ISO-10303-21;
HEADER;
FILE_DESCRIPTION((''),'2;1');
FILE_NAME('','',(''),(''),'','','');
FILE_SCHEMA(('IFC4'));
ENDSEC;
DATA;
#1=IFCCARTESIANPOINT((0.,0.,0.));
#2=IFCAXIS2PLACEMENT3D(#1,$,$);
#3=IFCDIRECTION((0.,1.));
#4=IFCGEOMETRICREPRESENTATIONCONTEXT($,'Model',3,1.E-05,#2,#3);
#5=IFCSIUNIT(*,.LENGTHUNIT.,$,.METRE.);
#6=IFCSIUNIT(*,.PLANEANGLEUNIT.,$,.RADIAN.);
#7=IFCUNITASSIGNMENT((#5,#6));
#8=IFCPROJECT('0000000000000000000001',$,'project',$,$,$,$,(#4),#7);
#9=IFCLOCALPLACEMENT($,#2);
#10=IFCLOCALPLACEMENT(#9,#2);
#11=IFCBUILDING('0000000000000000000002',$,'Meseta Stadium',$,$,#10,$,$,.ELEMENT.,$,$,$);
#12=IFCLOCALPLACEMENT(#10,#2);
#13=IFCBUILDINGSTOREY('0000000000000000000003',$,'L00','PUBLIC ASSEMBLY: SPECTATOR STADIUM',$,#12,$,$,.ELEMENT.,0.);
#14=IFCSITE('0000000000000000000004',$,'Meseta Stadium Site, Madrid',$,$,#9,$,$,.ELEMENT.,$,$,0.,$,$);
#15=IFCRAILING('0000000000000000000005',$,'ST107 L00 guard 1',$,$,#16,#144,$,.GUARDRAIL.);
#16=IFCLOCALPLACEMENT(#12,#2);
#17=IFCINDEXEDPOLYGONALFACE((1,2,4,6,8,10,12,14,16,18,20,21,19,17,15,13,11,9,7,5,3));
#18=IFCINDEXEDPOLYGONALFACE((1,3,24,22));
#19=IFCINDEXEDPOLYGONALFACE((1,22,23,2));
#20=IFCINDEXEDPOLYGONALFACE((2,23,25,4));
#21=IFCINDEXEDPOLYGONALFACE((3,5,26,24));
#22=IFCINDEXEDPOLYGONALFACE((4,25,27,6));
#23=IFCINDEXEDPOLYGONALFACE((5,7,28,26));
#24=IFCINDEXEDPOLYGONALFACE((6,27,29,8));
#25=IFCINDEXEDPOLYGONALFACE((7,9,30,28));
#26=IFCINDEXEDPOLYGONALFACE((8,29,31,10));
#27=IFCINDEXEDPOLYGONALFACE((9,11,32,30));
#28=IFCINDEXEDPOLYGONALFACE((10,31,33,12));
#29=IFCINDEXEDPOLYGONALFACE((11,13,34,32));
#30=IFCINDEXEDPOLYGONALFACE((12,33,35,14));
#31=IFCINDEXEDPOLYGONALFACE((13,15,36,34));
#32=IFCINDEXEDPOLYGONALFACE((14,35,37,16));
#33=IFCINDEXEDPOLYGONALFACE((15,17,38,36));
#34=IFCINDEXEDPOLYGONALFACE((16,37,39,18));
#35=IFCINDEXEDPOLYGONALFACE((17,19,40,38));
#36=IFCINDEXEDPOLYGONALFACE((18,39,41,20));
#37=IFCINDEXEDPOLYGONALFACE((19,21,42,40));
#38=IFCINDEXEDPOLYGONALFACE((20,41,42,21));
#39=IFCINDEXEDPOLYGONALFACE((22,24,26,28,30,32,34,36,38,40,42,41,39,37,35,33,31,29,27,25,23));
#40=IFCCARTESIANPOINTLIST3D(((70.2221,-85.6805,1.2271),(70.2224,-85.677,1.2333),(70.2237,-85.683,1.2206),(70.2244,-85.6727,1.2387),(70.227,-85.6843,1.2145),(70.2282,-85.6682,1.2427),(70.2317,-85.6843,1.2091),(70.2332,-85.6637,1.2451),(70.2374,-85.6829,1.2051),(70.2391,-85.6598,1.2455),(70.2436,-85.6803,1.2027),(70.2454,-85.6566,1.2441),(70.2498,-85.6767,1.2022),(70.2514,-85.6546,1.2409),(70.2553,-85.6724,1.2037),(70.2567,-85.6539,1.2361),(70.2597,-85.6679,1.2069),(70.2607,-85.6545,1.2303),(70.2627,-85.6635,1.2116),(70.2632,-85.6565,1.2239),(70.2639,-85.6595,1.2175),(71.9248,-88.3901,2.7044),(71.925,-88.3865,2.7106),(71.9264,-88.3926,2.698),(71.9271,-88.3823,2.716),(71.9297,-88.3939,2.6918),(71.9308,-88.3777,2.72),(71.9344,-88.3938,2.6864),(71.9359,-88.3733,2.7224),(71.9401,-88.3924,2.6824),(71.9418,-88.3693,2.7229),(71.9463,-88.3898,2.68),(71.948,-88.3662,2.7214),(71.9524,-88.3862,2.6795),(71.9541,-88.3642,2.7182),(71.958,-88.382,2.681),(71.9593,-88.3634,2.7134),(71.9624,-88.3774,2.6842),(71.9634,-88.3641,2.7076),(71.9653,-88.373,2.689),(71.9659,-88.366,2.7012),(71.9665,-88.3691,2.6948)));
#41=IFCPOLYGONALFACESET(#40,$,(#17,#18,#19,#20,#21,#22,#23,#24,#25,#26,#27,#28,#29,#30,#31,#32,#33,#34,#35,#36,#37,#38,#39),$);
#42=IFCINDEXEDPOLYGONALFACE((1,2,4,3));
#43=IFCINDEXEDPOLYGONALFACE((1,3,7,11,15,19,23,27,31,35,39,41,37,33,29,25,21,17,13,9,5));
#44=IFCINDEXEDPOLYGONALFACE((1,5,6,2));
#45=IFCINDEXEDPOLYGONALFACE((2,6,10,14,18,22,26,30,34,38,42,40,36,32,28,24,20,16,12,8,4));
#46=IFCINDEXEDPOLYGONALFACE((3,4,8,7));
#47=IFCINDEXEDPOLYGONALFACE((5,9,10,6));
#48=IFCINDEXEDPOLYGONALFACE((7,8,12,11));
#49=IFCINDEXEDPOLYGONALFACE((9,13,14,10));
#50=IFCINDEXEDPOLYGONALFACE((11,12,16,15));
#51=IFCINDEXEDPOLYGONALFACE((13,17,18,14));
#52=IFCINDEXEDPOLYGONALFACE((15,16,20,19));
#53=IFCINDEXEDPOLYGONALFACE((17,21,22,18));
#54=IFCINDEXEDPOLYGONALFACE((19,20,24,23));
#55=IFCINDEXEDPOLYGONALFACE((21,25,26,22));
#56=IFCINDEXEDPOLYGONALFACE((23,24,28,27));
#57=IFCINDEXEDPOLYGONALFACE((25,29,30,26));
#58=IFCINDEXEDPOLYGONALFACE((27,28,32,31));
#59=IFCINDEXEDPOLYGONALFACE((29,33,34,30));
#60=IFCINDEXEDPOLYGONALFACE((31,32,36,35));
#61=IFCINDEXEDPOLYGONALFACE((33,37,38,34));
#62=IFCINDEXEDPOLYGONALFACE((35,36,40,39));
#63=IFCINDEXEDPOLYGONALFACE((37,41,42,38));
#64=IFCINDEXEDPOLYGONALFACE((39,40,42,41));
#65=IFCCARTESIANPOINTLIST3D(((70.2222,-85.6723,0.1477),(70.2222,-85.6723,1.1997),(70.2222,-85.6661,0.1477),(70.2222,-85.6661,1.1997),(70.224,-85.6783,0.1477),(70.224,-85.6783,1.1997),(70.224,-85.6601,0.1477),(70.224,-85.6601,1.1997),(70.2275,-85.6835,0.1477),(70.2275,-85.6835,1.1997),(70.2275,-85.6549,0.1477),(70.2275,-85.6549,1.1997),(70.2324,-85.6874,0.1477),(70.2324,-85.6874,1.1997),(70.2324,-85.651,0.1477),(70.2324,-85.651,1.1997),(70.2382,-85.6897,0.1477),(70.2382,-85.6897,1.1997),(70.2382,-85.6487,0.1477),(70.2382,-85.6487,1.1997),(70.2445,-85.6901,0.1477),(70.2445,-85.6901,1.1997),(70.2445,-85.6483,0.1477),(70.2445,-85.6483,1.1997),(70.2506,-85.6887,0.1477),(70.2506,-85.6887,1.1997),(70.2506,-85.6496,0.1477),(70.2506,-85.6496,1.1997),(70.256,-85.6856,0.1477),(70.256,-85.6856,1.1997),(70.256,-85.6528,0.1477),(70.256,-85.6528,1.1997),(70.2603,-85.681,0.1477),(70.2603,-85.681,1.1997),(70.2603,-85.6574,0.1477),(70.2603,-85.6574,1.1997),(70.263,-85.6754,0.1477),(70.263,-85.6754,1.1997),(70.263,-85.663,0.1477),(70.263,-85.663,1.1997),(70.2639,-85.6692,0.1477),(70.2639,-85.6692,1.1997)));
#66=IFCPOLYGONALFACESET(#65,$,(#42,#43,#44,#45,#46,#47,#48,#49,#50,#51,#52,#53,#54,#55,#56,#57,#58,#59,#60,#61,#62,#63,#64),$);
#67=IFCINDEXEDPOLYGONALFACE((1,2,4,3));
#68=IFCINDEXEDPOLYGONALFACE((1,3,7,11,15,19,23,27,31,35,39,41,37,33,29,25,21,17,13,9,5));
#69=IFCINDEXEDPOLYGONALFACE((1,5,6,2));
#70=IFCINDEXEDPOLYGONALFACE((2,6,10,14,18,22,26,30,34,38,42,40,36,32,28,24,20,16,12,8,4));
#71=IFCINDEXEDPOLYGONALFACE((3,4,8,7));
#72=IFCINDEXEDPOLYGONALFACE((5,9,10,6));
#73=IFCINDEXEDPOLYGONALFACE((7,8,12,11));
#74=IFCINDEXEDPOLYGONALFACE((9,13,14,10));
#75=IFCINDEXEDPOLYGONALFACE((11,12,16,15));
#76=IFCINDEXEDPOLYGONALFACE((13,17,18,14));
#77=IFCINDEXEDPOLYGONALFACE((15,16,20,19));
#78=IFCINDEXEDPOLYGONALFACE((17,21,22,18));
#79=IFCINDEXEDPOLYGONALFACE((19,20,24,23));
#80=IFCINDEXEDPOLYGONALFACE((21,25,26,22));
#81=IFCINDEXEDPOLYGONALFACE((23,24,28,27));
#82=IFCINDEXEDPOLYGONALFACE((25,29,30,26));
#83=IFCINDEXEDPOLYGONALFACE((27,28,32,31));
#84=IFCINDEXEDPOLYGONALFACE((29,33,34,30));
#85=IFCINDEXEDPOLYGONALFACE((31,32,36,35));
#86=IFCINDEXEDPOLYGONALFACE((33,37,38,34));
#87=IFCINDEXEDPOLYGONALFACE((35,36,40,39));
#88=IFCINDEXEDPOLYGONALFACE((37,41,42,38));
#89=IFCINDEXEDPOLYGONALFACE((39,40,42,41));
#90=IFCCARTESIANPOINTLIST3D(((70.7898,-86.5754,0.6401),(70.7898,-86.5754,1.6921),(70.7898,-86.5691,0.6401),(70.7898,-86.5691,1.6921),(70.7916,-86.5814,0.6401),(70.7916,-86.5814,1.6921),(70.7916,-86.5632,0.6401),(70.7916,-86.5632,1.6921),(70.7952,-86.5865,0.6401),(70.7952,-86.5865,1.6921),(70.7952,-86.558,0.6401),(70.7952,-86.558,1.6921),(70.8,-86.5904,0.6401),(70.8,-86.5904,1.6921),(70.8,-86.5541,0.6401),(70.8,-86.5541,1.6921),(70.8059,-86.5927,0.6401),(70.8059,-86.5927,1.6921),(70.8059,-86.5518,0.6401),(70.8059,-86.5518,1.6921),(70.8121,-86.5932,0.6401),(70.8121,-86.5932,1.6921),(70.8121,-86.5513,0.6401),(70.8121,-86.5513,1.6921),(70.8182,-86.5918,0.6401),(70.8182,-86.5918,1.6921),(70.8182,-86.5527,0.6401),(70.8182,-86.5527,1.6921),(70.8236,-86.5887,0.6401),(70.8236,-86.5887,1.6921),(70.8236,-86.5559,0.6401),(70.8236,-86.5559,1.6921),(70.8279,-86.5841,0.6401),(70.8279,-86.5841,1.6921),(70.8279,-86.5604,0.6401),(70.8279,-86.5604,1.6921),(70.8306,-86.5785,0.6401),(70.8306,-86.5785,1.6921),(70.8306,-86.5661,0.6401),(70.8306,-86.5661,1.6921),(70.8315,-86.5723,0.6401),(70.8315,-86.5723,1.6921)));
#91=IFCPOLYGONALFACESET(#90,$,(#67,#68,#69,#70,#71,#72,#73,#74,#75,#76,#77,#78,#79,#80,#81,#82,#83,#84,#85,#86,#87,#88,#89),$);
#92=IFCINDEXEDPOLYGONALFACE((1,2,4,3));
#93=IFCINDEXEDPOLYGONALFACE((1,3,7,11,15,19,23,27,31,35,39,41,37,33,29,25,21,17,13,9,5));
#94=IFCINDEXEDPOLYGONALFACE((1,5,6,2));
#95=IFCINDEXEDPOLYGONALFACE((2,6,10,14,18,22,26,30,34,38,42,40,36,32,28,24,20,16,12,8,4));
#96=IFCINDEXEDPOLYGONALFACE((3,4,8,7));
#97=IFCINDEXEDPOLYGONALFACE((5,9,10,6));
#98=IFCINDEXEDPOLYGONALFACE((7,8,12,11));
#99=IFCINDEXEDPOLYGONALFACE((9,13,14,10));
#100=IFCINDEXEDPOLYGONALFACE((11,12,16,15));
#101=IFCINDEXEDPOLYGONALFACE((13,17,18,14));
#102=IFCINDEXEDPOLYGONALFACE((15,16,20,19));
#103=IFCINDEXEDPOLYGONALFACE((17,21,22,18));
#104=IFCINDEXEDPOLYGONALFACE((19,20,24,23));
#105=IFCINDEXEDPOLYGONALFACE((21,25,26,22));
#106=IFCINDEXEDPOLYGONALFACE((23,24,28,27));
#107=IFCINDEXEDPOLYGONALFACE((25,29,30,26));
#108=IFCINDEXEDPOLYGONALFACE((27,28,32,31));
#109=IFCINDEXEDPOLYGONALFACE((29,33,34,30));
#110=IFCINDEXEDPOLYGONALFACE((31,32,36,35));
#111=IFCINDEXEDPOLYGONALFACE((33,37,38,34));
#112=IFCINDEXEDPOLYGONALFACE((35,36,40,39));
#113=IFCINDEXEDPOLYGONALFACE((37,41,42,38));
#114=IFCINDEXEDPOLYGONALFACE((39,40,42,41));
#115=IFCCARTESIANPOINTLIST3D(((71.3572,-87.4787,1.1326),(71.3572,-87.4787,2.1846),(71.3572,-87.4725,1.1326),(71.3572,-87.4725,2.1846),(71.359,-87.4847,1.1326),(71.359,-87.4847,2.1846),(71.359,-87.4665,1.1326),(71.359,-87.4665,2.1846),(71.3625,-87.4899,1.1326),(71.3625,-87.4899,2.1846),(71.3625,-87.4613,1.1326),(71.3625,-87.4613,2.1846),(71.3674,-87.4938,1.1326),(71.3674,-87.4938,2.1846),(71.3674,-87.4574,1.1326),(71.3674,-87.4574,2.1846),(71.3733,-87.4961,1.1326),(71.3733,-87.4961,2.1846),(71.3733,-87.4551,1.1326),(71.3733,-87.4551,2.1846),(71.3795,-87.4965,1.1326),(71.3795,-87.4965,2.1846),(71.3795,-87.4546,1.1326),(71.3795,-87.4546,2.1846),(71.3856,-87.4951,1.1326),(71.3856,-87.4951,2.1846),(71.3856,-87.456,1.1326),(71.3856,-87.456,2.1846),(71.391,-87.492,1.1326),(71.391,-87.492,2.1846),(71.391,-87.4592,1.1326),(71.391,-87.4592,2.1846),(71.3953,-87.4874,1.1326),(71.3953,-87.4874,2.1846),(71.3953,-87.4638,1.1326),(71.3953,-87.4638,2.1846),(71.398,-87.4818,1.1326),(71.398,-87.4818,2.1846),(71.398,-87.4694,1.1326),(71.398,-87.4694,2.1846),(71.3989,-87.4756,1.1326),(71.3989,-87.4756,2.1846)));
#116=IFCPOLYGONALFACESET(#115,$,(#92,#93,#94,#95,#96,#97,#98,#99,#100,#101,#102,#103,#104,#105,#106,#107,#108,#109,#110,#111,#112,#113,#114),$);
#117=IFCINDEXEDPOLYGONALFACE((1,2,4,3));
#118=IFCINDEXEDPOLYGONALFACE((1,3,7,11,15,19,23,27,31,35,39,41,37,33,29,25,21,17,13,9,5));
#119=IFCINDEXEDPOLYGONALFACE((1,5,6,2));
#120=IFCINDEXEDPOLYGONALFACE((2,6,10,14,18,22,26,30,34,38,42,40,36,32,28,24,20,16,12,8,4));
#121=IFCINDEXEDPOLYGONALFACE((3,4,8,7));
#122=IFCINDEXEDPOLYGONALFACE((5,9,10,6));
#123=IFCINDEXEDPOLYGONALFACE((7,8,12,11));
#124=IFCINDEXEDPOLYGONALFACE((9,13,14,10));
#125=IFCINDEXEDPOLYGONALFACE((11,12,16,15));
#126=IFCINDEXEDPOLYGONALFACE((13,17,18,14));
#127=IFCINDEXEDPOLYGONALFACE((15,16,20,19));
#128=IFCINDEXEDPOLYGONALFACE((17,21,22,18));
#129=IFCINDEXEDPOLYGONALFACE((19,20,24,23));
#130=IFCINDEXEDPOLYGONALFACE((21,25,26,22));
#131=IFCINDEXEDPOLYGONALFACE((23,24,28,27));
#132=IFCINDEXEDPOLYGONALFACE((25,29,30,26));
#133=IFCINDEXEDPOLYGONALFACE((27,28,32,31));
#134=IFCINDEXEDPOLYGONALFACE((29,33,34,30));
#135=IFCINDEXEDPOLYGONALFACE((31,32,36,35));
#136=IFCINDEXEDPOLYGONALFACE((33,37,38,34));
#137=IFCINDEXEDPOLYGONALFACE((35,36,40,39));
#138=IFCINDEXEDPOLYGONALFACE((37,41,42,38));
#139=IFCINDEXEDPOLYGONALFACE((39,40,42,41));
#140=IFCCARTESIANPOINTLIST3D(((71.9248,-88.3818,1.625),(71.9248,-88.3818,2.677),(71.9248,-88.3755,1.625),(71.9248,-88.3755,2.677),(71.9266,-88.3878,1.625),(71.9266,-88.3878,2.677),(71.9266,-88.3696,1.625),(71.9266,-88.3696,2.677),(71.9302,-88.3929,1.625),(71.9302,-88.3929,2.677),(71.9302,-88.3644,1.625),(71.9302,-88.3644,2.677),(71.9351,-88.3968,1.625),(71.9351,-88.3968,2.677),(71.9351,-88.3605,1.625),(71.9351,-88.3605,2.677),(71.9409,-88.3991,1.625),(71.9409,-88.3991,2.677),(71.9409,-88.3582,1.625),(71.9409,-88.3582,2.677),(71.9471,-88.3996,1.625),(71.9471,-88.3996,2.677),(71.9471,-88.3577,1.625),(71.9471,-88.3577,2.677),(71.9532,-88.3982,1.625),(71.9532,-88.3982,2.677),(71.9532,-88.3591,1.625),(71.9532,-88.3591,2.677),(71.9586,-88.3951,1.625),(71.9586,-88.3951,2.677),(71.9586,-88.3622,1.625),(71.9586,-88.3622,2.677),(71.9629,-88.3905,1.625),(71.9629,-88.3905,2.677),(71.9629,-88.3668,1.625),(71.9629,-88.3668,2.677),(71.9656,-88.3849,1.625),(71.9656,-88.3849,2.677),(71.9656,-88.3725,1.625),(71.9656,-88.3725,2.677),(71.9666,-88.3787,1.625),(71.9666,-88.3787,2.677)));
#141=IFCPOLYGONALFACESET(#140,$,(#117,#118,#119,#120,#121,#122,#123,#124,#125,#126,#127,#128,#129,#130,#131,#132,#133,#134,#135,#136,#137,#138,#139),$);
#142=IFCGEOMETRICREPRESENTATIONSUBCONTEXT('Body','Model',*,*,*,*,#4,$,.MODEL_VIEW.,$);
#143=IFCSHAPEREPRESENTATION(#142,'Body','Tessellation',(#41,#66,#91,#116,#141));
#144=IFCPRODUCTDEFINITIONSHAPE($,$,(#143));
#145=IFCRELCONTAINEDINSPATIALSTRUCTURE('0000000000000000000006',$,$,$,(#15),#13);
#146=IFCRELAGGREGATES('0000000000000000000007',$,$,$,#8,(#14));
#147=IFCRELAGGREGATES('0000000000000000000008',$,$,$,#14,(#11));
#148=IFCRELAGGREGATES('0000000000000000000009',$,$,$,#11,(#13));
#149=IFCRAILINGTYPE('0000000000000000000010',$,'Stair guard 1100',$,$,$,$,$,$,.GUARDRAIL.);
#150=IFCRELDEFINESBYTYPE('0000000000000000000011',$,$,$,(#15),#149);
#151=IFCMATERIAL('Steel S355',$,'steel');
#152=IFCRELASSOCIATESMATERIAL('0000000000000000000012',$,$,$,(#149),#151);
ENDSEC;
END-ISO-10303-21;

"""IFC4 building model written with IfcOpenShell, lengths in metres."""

from ifc_helpers import new_model, si_unit, direction, frame, origin, origin_2d, place, context, subcontext, project, spatial, circle, extrude, material, type_object, element, save


model = new_model("IFC4")

# Units and contexts
model_context = context("Model", 3, precision=1e-05, world=origin(), true_north=direction((0.0, 1.0)))
body_context = subcontext(model_context, "Body", "Model", "MODEL_VIEW")
ifc_project = project(units=[si_unit("LENGTHUNIT", "METRE"), si_unit("PLANEANGLEUNIT", "RADIAN")], contexts=[model_context])

# Site, building, storey
site_placement = place(None, origin())
site = spatial("IfcSite", under=ifc_project, at=site_placement, Name="Meseta Stadium Site, Madrid", CompositionType="ELEMENT", RefElevation=0.0)
building_placement = place(site_placement, origin())
building = spatial("IfcBuilding", under=site, at=building_placement, Name="Meseta Stadium", CompositionType="ELEMENT")
storey_placement = place(building_placement, origin())
storey = spatial("IfcBuildingStorey", under=building, at=storey_placement, Name="L00", Description="PUBLIC ASSEMBLY: SPECTATOR STADIUM", CompositionType="ELEMENT", Elevation=0.0)

# Railing
ifc_material_1 = material(Name="Steel S355", Category="steel")
railing_type_1 = type_object("IfcRailingType", Name="Stair guard 1100", PredefinedType="GUARDRAIL", material=ifc_material_1)
railing_1_placement = place(storey_placement, frame((70.2429, -85.6692, 0.1477)))
element("IfcRailing", 1, at=railing_1_placement, inside=storey, type_object=railing_type_1, Name="ST107 L00 guard 1", PredefinedType="GUARDRAIL", context=body_context, shape_type="SweptSolid", body=[
    extrude(circle(Radius=0.0239, at=origin_2d()), frame((0.0, 0.0, 1.0762), z_axis=(0.483076, -0.768738, 0.419142), x_axis=(0.846701, 0.532068, 0.0)), (0.0, 0.0, 1.0), 3.5247),
    extrude(circle(Radius=0.021, at=origin_2d()), origin(), (0.0, 0.0, 1.0), 1.052),
    extrude(circle(Radius=0.021, at=origin_2d()), frame((0.5676, -0.9031, 0.4924)), (0.0, 0.0, 1.0), 1.052),
    extrude(circle(Radius=0.021, at=origin_2d()), frame((1.135, -1.8064, 0.9849)), (0.0, 0.0, 1.0), 1.052),
    extrude(circle(Radius=0.021, at=origin_2d()), frame((1.7026, -2.7095, 1.4773)), (0.0, 0.0, 1.0), 1.052),
])

save(model, "model.ifc")
